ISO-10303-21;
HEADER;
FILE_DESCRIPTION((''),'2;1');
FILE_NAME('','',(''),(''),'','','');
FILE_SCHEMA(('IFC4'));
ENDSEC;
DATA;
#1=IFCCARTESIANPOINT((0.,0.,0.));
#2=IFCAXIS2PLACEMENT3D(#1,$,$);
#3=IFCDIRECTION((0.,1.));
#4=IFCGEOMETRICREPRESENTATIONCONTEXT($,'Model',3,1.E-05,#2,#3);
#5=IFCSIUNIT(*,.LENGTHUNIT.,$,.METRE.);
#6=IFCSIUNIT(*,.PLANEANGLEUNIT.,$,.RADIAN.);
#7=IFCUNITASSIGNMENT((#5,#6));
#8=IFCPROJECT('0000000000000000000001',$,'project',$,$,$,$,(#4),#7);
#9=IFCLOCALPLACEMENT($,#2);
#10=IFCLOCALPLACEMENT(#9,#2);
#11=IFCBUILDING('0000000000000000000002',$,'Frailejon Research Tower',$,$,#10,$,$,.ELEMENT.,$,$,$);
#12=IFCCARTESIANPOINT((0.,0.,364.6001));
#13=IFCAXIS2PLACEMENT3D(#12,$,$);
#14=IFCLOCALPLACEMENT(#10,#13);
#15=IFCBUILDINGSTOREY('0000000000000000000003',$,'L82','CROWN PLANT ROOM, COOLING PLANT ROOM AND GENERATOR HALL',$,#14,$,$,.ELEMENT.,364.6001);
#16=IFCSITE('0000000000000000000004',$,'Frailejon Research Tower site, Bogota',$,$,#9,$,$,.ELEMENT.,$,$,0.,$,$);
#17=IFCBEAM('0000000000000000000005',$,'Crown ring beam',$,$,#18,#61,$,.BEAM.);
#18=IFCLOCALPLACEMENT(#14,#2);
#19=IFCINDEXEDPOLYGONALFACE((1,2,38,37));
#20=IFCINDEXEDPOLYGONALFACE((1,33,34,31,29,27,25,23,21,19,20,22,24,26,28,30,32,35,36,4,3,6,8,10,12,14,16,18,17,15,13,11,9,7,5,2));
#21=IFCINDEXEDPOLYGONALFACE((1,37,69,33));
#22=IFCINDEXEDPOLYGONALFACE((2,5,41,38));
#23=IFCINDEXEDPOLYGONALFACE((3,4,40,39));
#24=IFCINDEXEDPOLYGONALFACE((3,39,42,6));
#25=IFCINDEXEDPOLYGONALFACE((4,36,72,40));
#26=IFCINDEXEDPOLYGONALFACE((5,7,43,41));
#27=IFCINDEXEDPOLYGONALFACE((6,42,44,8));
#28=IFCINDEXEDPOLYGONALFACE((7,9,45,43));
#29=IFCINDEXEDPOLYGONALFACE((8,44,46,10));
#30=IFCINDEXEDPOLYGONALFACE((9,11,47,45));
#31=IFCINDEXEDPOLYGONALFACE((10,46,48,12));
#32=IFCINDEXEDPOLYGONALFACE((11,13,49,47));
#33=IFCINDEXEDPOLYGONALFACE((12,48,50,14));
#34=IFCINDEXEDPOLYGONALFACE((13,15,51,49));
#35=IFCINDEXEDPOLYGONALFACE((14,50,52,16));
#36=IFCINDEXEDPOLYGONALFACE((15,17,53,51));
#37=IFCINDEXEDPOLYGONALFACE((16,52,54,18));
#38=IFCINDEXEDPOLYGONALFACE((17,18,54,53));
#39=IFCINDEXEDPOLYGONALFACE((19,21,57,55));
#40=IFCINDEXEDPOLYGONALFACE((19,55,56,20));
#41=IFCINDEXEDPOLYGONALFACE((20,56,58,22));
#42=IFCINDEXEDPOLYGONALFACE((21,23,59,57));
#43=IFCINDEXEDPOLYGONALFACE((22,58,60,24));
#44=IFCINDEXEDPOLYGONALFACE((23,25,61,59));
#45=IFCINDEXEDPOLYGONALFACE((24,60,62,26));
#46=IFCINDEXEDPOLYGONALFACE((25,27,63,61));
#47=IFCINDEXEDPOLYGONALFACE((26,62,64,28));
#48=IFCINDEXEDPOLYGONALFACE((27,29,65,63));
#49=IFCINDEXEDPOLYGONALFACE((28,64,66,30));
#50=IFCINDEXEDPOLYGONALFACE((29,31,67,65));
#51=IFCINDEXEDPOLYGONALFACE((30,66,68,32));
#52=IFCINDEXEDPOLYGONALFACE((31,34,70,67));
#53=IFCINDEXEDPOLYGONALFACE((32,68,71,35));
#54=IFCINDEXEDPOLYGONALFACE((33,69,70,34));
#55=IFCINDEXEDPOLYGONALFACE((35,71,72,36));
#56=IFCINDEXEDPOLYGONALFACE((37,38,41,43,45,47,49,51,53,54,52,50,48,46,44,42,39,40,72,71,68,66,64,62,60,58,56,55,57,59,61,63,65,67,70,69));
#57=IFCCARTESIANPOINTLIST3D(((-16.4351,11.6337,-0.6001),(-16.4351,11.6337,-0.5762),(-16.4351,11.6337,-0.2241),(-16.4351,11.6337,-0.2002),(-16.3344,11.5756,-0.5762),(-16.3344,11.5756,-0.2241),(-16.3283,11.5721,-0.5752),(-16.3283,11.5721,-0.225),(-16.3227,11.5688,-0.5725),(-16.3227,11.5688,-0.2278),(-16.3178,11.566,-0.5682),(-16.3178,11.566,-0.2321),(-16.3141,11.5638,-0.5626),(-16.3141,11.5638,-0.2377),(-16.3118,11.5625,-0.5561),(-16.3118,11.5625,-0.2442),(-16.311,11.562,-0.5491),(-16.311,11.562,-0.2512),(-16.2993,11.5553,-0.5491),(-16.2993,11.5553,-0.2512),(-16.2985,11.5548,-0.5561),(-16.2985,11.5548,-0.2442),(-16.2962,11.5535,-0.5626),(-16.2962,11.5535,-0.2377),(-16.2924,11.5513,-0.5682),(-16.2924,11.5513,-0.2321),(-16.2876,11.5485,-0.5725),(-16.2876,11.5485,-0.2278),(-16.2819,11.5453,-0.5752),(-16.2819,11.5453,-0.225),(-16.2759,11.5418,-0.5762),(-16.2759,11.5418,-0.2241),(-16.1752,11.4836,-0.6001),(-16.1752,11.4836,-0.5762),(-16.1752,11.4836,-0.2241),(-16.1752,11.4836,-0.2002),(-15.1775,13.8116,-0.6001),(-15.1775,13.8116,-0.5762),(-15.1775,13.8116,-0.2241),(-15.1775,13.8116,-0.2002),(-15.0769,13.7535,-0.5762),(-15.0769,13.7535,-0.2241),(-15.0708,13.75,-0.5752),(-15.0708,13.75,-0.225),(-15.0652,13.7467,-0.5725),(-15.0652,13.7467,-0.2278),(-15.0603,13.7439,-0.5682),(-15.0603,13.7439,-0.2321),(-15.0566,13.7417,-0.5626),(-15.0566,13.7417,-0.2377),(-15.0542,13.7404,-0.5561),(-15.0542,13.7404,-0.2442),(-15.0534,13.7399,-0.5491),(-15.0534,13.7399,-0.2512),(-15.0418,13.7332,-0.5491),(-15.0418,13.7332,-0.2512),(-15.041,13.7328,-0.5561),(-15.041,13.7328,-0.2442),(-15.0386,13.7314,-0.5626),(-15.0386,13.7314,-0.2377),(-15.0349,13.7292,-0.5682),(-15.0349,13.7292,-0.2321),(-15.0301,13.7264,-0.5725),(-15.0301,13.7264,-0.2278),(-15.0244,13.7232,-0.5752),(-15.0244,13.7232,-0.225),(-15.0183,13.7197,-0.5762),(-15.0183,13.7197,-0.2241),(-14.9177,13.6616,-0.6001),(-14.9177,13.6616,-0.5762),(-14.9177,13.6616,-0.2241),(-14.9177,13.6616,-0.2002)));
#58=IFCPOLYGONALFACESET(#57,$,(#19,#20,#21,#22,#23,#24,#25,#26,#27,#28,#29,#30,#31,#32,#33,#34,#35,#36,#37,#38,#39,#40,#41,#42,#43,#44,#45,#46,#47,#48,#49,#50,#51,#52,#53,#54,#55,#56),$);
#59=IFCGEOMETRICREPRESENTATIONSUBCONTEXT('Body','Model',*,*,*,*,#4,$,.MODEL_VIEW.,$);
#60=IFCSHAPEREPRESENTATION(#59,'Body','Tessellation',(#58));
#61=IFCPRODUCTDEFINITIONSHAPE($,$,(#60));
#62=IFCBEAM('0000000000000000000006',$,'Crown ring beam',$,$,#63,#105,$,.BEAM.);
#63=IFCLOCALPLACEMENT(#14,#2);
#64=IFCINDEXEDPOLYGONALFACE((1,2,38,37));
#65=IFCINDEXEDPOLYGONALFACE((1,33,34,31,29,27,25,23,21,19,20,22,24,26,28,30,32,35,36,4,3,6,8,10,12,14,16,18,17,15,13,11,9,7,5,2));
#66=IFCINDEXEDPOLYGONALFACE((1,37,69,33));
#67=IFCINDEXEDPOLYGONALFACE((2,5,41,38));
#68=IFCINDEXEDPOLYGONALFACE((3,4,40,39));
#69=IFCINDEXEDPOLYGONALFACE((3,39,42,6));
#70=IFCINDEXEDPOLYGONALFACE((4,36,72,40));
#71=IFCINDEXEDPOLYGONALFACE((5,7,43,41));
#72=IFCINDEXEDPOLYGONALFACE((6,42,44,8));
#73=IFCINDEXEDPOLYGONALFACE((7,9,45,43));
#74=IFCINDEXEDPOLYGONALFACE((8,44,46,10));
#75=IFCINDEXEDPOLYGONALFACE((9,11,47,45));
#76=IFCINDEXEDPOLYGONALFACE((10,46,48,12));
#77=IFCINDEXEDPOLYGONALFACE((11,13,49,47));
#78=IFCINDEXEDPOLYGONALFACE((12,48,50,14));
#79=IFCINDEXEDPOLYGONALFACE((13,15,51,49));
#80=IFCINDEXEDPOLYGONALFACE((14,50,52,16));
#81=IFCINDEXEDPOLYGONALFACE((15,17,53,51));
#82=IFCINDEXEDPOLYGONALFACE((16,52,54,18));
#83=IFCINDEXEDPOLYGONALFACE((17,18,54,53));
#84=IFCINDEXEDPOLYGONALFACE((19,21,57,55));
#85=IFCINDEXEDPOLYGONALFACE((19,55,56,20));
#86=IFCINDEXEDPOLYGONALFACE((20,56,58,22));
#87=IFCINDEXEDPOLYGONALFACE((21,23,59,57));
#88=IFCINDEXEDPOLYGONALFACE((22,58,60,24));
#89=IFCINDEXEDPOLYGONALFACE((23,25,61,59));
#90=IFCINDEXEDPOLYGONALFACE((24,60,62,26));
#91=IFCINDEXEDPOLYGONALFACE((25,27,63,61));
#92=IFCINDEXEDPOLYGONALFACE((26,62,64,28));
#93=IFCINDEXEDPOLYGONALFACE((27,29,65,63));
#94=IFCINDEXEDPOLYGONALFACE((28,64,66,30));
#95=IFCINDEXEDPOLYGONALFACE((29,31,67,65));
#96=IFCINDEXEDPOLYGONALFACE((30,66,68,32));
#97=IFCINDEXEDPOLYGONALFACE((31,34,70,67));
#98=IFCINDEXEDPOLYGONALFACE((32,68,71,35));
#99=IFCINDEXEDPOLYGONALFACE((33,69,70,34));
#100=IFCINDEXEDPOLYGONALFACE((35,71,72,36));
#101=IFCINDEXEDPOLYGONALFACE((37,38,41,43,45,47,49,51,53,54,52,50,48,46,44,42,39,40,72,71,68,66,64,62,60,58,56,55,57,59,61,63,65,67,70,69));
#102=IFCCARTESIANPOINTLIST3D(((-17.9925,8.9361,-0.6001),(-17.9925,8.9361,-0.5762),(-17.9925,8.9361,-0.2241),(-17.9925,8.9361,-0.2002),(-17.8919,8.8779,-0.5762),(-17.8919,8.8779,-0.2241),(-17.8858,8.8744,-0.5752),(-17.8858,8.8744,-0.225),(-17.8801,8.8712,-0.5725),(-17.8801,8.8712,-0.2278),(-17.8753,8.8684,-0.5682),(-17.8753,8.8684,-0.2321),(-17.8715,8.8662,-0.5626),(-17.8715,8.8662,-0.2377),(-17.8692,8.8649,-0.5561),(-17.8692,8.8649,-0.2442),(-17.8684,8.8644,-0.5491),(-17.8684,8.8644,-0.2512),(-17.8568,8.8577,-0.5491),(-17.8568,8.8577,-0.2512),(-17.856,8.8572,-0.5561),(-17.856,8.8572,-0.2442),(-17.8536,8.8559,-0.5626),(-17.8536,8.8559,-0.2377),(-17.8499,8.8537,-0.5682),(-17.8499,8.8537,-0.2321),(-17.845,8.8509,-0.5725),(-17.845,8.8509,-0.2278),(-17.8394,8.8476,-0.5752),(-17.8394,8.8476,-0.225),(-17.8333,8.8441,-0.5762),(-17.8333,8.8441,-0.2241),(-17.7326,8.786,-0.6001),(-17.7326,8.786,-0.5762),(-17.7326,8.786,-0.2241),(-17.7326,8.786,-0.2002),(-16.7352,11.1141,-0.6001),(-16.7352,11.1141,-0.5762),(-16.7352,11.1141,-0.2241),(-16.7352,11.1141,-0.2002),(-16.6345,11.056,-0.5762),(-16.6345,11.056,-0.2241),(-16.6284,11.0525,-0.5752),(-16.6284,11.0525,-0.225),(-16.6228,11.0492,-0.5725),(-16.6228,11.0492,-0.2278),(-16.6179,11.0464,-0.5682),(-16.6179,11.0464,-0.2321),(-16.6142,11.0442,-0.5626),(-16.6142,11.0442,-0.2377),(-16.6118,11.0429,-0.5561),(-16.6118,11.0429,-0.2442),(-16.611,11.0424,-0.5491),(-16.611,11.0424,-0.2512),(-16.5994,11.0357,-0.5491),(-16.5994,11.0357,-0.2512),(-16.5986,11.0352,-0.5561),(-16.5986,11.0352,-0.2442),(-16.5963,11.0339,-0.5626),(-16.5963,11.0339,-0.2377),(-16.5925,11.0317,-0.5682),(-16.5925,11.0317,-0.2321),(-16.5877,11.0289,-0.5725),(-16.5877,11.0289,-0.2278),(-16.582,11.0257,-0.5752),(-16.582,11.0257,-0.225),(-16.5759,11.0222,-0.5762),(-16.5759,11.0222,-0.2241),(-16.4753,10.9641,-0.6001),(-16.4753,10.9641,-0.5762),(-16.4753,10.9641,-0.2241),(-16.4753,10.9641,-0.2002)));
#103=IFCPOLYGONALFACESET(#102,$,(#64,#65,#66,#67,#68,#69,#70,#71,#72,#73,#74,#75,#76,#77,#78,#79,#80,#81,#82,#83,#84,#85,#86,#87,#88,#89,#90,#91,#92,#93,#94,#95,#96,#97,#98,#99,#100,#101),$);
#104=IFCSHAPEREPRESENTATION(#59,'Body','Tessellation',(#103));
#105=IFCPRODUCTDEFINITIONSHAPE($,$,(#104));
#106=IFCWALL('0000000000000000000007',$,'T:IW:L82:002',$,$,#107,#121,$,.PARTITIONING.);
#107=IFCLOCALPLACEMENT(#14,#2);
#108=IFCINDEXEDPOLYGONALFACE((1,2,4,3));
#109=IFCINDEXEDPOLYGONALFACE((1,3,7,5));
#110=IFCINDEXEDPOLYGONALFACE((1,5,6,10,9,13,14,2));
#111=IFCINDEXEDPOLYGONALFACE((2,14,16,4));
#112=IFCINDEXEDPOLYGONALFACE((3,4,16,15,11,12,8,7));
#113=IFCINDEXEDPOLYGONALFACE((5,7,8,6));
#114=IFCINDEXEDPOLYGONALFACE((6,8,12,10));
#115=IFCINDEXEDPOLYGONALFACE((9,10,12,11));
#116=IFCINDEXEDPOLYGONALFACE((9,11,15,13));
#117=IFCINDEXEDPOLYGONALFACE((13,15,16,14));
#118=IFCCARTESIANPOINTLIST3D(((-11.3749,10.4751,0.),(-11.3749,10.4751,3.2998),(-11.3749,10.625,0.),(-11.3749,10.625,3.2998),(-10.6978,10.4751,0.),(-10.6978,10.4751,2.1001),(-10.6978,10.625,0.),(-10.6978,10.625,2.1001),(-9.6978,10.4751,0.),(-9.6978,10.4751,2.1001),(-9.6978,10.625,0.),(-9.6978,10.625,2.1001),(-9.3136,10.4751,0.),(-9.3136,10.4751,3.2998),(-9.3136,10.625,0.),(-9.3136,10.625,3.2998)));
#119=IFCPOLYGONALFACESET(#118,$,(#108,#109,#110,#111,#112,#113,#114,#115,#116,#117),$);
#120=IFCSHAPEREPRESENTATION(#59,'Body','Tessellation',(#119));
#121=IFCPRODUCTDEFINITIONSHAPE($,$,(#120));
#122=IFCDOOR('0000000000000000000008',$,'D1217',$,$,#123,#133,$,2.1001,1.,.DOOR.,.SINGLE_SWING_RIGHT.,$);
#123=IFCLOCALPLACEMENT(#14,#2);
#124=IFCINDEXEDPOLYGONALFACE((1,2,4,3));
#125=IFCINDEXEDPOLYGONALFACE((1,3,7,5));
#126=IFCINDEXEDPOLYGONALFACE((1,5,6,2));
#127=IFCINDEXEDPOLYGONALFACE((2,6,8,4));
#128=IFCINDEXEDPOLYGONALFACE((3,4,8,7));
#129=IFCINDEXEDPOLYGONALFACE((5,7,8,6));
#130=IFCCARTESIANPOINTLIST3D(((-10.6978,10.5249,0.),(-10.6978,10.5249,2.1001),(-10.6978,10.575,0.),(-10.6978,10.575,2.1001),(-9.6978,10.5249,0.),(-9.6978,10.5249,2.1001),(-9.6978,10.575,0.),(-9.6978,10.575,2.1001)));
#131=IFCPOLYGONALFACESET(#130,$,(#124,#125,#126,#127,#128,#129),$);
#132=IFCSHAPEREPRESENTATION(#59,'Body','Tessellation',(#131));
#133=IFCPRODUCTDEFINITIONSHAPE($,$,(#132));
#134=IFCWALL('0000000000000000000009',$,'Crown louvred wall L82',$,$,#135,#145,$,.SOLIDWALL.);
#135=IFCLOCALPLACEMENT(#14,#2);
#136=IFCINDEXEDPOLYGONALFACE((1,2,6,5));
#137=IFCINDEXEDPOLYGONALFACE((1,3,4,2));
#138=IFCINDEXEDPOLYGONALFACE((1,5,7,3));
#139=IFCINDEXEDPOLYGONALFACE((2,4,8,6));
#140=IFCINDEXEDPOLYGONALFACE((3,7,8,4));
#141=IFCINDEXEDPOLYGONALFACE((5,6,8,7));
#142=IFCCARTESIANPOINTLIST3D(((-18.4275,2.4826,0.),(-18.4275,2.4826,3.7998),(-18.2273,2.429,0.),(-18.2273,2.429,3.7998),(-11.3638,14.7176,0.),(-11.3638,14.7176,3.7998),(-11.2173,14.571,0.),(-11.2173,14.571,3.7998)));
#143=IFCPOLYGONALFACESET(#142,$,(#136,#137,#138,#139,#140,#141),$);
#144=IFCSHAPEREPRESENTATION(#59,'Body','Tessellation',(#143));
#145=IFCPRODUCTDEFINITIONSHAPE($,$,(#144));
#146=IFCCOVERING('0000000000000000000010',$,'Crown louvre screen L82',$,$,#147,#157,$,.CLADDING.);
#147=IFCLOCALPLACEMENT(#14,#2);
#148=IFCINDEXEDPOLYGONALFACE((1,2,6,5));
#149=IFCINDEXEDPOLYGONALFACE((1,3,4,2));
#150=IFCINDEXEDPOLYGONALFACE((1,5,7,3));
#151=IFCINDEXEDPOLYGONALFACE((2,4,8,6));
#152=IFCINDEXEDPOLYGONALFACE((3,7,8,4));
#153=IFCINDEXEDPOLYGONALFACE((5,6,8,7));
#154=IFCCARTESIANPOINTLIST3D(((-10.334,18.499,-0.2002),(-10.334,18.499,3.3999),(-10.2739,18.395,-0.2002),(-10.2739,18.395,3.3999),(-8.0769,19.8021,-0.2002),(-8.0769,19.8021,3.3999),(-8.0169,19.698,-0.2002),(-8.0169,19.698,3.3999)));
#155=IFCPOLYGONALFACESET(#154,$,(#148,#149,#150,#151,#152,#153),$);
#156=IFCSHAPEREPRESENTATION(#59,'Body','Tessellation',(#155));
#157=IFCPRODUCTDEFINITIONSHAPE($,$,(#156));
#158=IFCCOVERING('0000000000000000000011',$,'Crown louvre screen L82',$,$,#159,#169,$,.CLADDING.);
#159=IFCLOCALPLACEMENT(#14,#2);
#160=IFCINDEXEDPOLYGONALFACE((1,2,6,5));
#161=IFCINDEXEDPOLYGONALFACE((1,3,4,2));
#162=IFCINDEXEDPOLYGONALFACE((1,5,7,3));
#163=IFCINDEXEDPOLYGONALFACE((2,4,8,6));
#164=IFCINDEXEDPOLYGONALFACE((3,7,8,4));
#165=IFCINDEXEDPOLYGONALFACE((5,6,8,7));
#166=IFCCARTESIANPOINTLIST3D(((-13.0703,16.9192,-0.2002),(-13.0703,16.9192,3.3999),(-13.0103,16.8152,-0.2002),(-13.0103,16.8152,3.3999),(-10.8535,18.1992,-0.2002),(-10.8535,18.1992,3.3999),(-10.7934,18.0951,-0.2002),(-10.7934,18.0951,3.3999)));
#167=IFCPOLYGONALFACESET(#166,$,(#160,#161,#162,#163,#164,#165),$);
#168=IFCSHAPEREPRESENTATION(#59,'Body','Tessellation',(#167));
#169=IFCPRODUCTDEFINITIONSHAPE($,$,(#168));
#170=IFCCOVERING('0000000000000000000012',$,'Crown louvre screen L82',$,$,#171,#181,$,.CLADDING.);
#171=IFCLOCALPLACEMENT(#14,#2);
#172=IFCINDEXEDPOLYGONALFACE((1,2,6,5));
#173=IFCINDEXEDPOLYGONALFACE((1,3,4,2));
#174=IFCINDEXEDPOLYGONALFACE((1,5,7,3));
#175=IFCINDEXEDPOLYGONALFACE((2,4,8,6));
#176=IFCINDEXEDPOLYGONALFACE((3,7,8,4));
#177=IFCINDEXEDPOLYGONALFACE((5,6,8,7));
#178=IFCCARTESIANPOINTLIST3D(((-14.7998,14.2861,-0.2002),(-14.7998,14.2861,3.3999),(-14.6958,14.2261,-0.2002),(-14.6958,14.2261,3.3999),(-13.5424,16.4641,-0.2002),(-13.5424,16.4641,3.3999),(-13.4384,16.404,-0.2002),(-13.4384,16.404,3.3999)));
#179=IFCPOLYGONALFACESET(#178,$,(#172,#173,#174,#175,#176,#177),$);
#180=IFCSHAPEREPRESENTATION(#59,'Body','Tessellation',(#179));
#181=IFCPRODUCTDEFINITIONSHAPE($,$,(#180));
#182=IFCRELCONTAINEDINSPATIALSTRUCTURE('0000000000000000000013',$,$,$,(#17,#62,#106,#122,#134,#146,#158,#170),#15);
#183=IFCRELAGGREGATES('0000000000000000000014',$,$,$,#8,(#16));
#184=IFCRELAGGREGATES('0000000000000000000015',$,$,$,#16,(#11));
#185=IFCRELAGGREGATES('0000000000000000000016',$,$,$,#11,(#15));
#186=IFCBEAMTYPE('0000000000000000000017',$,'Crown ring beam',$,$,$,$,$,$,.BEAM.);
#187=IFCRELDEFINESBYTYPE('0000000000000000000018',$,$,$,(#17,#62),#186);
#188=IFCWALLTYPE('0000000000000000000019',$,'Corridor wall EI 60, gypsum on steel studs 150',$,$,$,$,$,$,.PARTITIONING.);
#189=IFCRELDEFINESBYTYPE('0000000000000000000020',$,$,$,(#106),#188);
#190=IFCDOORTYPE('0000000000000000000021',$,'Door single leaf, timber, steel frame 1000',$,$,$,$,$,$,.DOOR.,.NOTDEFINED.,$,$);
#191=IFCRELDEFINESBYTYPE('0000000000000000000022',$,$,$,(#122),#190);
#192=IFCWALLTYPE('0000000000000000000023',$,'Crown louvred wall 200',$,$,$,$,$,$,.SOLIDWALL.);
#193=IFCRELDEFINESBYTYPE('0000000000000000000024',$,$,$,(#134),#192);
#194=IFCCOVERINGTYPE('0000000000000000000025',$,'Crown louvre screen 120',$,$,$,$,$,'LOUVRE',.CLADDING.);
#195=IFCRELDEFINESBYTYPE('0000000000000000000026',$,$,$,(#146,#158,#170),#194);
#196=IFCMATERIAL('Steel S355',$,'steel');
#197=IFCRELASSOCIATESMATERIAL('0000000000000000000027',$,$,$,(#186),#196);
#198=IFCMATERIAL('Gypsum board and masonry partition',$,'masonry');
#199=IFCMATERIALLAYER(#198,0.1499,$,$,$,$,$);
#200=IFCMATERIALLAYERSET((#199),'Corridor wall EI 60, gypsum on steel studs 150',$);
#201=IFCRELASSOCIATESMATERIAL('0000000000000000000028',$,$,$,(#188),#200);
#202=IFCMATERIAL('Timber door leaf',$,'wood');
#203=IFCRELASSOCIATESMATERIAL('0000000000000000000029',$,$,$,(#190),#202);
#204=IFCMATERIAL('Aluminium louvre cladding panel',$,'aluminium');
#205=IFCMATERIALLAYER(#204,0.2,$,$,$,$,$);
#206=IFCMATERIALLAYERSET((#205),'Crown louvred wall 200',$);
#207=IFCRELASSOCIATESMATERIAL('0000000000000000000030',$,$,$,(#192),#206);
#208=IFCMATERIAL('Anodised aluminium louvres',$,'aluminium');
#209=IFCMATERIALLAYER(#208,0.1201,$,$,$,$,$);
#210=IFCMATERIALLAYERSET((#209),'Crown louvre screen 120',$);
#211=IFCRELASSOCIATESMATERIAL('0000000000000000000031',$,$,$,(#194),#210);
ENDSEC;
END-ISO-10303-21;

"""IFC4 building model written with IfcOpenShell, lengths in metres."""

from ifc_helpers import new_model, si_unit, direction, frame, frame_2d, origin, origin_2d, place, context, subcontext, project, spatial, polyline, rectangle, i_section, outline, extrude, material, layer, layer_set, material_profile, profile_set, type_object, element, fill, save


model = new_model("IFC4")

# Units and contexts
model_context = context("Model", 3, precision=1e-05, world=origin(), true_north=direction((0.0, 1.0)))
body_context = subcontext(model_context, "Body", "Model", "MODEL_VIEW")
ifc_project = project(units=[si_unit("LENGTHUNIT", "METRE"), si_unit("PLANEANGLEUNIT", "RADIAN")], contexts=[model_context])

# Site, building, storey
site_placement = place(None, origin())
site = spatial("IfcSite", under=ifc_project, at=site_placement, Name="Frailejon Research Tower site, Bogota", CompositionType="ELEMENT", RefElevation=0.0)
building_placement = place(site_placement, origin())
building = spatial("IfcBuilding", under=site, at=building_placement, Name="Frailejon Research Tower", CompositionType="ELEMENT")
storey_placement = place(building_placement, frame((0.0, 0.0, 364.6001)))
storey = spatial("IfcBuildingStorey", under=building, at=storey_placement, Name="L82", Description="CROWN PLANT ROOM, COOLING PLANT ROOM AND GENERATOR HALL", CompositionType="ELEMENT", Elevation=364.6001)

# Beams
ifc_material_1 = material(Name="Steel S355", Category="steel")
ifc_material_profile_1 = material_profile(ifc_material_1, i_section(OverallWidth=0.3, OverallDepth=0.3999, WebThickness=0.0134, FlangeThickness=0.0239, FilletRadius=0.0271, at=origin_2d()), Name="HE 400 B")
ifc_profile_set_1 = profile_set([ifc_material_profile_1], Name="Steel S355")
beam_type_1 = type_object("IfcBeamType", Name="Crown ring beam", PredefinedType="BEAM", material=ifc_profile_set_1)
for number, where, z_axis, x_axis, name in (
    (1, (-15.0476, 13.7366, -0.4001), (-0.500033, -0.866006, 0.0), (0.866006, -0.500033, 0.0), "Crown ring beam"),
    (2, (-16.6052, 11.0391, -0.4001), (-0.499961, -0.866048, 0.0), (0.866048, -0.499961, 0.0), "Crown ring beam"),
):
    element("IfcBeam", number, at=place(storey_placement, frame(where, z_axis=z_axis, x_axis=x_axis)), inside=storey, type_object=beam_type_1, Name=name, PredefinedType="BEAM", context=body_context, shape_type="SweptSolid", body=[
        extrude(i_section(OverallWidth=0.3, OverallDepth=0.3999, WebThickness=0.0134, FlangeThickness=0.0239, FilletRadius=0.0271, at=origin_2d()), origin(), (0.0, 0.0, 1.0), 2.5149),
    ])

# Wall, opening, door
ifc_material_2 = material(Name="Gypsum board and masonry partition", Category="masonry")
ifc_layer_1 = layer(ifc_material_2, 0.1499)
ifc_layer_set_1 = layer_set([ifc_layer_1], Name="Corridor wall EI 60, gypsum on steel studs 150")
wall_type_1 = type_object("IfcWallType", Name="Corridor wall EI 60, gypsum on steel studs 150", PredefinedType="PARTITIONING", material=ifc_layer_set_1)
wall_1_placement = place(storey_placement, frame((-11.375, 10.55, 0.0), z_axis=(0.0, 0.0, 1.0), x_axis=(1.0, 0.0, 0.0)))
wall_1 = element("IfcWall", 3, at=wall_1_placement, inside=storey, type_object=wall_type_1, Name="T:IW:L82:002", PredefinedType="PARTITIONING", context=body_context, shape_type="SweptSolid", body=[
    extrude(rectangle(XDim=2.0613, YDim=0.1499, at=frame_2d((1.0308, 0.0))), origin(), (0.0, 0.0, 1.0), 3.2998),
])
opening_placement = place(wall_1_placement, frame((0.6772, 0.0, 0.0)))
opening = element("IfcOpeningElement", 4, at=opening_placement, cuts=wall_1, PredefinedType="OPENING", context=body_context, shape_type="SweptSolid", body=[
    extrude(rectangle(XDim=1.0, YDim=2.1001, at=frame_2d((0.5, 1.05))), frame((0.0, 0.085, 0.0), z_axis=(0.0, -1.0, 0.0), x_axis=(1.0, 0.0, 0.0)), (0.0, 0.0, 1.0), 0.1699),
])
ifc_material_3 = material(Name="Timber door leaf", Category="wood")
door_type = type_object("IfcDoorType", Name="Door single leaf, timber, steel frame 1000", OperationType="NOTDEFINED", PredefinedType="DOOR", material=ifc_material_3)
door_placement = place(opening_placement, origin())
door = element("IfcDoor", 5, at=door_placement, inside=storey, type_object=door_type, Name="D1217", OperationType="SINGLE_SWING_RIGHT", OverallHeight=2.1001, OverallWidth=1.0, PredefinedType="DOOR", context=body_context, shape_type="SweptSolid", body=[
    extrude(rectangle(XDim=1.0, YDim=2.1001, at=frame_2d((0.5, 1.05))), frame((0.0, 0.0249, 0.0), z_axis=(0.0, -1.0, 0.0), x_axis=(1.0, 0.0, 0.0)), (0.0, 0.0, 1.0), 0.05),
])
fill(opening, door)

# Wall
ifc_material_4 = material(Name="Aluminium louvre cladding panel", Category="aluminium")
ifc_layer_2 = layer(ifc_material_4, 0.2)
ifc_layer_set_2 = layer_set([ifc_layer_2], Name="Crown louvred wall 200")
wall_type_2 = type_object("IfcWallType", Name="Crown louvred wall 200", PredefinedType="SOLIDWALL", material=ifc_layer_set_2)
wall_2_placement = place(storey_placement, frame((-11.2905, 14.6443, 0.0), z_axis=(0.0, 0.0, 1.0), x_axis=(-0.499992, -0.86603, 0.0)))
element("IfcWall", 6, at=wall_2_placement, inside=storey, type_object=wall_type_2, Name="Crown louvred wall L82", PredefinedType="SOLIDWALL", context=body_context, shape_type="SweptSolid", body=[
    extrude(outline(polyline([(-0.0269, -0.1001), (14.1008, -0.1001), (14.0471, 0.1001), (0.0269, 0.1001), (-0.0269, -0.1001)])), origin(), (0.0, 0.0, 1.0), 3.7998),
])

# Coverings
ifc_material_5 = material(Name="Anodised aluminium louvres", Category="aluminium")
ifc_layer_3 = layer(ifc_material_5, 0.1201)
ifc_layer_set_3 = layer_set([ifc_layer_3], Name="Crown louvre screen 120")
covering_type = type_object("IfcCoveringType", Name="Crown louvre screen 120", ElementType="LOUVRE", PredefinedType="CLADDING", material=ifc_layer_set_3)
covering_1_placement = place(storey_placement, frame((-10.304, 18.447, -0.2002), z_axis=(0.866039, 0.499977, 0.0), x_axis=(-0.499977, 0.866039, 0.0)))
element("IfcCovering", 7, at=covering_1_placement, inside=storey, type_object=covering_type, Name="Crown louvre screen L82", PredefinedType="CLADDING", context=body_context, shape_type="SweptSolid", body=[
    extrude(outline(polyline([(-0.0601, 0.0), (0.0601, 0.0), (0.0601, 3.6001), (-0.0601, 3.6001), (-0.0601, 0.0)])), origin(), (0.0, 0.0, 1.0), 2.6062),
])
covering_2_placement = place(storey_placement, frame((-13.0403, 16.8672, -0.2002), z_axis=(0.866011, 0.500026, 0.0), x_axis=(-0.500026, 0.866011, 0.0)))
element("IfcCovering", 8, at=covering_2_placement, inside=storey, type_object=covering_type, Name="Crown louvre screen L82", PredefinedType="CLADDING", context=body_context, shape_type="SweptSolid", body=[
    extrude(outline(polyline([(-0.0601, 0.0), (0.0601, 0.0), (0.0601, 3.6001), (-0.0601, 3.6001), (-0.0601, 0.0)])), origin(), (0.0, 0.0, 1.0), 2.5598),
])
for number, where, z_axis, x_axis, name in (
    (9, (-14.7478, 14.2561, -0.2002), (0.499997, 0.866027, 0.0), (-0.866027, 0.499997, 0.0), "Crown louvre screen L82"),
):
    element("IfcCovering", number, at=place(storey_placement, frame(where, z_axis=z_axis, x_axis=x_axis)), inside=storey, type_object=covering_type, Name=name, PredefinedType="CLADDING", context=body_context, shape_type="SweptSolid", body=[
        extrude(outline(polyline([(-0.0601, 0.0), (0.0601, 0.0), (0.0601, 3.6001), (-0.0601, 3.6001), (-0.0601, 0.0)])), origin(), (0.0, 0.0, 1.0), 2.5149),
    ])

save(model, "model.ifc")
